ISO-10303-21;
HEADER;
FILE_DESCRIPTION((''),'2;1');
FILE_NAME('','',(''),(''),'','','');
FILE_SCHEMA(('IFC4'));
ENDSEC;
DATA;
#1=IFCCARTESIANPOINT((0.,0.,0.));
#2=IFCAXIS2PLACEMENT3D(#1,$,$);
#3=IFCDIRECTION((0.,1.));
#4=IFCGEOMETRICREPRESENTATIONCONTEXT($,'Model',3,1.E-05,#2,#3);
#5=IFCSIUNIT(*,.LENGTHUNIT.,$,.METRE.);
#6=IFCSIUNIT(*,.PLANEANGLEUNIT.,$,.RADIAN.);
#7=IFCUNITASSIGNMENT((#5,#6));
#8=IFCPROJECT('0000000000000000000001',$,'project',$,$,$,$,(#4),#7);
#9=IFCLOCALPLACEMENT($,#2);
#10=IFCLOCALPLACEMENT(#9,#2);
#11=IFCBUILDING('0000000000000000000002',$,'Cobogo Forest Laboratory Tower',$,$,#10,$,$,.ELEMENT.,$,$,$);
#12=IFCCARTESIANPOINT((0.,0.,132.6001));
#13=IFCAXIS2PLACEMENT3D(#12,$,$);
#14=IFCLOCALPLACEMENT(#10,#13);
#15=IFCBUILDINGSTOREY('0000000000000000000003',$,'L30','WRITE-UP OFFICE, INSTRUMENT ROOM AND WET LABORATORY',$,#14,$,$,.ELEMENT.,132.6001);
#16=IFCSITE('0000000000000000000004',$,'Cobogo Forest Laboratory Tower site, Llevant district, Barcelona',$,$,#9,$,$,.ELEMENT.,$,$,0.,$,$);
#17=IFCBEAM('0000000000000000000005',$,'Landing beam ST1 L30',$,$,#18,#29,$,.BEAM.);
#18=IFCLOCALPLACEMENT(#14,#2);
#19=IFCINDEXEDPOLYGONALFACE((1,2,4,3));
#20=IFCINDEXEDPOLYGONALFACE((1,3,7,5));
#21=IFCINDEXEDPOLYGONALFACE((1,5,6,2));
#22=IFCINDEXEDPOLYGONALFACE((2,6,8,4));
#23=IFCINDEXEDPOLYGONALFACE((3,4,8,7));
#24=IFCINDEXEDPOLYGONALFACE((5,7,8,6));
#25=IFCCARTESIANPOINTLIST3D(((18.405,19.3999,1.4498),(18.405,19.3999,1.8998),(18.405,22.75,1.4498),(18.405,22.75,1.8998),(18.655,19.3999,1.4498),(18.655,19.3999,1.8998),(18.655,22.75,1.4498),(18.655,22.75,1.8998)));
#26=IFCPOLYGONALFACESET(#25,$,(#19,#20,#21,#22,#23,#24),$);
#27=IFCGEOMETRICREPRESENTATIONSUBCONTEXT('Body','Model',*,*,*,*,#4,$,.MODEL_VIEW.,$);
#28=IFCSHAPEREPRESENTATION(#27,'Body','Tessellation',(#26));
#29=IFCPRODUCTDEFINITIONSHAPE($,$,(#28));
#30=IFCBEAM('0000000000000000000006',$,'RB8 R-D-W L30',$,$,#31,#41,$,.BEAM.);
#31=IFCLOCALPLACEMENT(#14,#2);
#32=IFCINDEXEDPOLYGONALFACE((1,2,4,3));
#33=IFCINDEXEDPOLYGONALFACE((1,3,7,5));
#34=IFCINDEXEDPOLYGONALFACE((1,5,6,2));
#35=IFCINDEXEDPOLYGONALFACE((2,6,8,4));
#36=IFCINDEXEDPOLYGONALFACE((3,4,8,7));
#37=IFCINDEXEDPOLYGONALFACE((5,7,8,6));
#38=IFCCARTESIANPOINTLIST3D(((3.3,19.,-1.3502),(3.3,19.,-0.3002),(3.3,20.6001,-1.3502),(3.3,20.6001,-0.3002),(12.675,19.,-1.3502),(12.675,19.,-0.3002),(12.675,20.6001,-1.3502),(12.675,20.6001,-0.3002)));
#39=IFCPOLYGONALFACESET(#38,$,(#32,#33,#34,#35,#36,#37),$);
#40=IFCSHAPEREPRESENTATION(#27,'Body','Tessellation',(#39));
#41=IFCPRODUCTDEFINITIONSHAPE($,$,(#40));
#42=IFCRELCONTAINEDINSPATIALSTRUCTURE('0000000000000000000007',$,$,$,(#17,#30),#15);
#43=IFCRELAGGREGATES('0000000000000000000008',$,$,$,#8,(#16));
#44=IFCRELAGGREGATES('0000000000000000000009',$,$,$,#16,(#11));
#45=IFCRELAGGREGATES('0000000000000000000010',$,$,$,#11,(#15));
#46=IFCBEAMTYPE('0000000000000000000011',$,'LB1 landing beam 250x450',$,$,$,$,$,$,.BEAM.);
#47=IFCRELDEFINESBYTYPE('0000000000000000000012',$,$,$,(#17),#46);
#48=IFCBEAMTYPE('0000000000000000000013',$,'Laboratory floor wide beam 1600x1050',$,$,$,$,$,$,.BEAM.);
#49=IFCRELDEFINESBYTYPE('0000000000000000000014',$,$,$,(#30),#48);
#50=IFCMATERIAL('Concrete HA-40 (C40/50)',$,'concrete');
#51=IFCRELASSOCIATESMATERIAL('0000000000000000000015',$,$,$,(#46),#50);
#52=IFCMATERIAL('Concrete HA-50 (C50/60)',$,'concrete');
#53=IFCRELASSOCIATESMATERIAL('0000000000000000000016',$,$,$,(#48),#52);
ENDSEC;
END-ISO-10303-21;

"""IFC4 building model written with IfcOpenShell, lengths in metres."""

from ifc_helpers import new_model, si_unit, direction, frame, origin, origin_2d, place, context, subcontext, project, spatial, rectangle, extrude, material, material_profile, profile_set, type_object, element, save


model = new_model("IFC4")

# Units and contexts
model_context = context("Model", 3, precision=1e-05, world=origin(), true_north=direction((0.0, 1.0)))
body_context = subcontext(model_context, "Body", "Model", "MODEL_VIEW")
ifc_project = project(units=[si_unit("LENGTHUNIT", "METRE"), si_unit("PLANEANGLEUNIT", "RADIAN")], contexts=[model_context])

# Site, building, storey
site_placement = place(None, origin())
site = spatial("IfcSite", under=ifc_project, at=site_placement, Name="Cobogo Forest Laboratory Tower site, Llevant district, Barcelona", CompositionType="ELEMENT", RefElevation=0.0)
building_placement = place(site_placement, origin())
building = spatial("IfcBuilding", under=site, at=building_placement, Name="Cobogo Forest Laboratory Tower", CompositionType="ELEMENT")
storey_placement = place(building_placement, frame((0.0, 0.0, 132.6001)))
storey = spatial("IfcBuildingStorey", under=building, at=storey_placement, Name="L30", Description="WRITE-UP OFFICE, INSTRUMENT ROOM AND WET LABORATORY", CompositionType="ELEMENT", Elevation=132.6001)

# Beams
ifc_material_1 = material(Name="Concrete HA-40 (C40/50)", Category="concrete")
ifc_material_profile_1 = material_profile(ifc_material_1, rectangle(XDim=0.25, YDim=0.45, at=origin_2d()), Name="RC 250x450")
ifc_profile_set_1 = profile_set([ifc_material_profile_1], Name="Concrete HA-40 (C40/50)")
beam_type_1 = type_object("IfcBeamType", Name="LB1 landing beam 250x450", PredefinedType="BEAM", material=ifc_profile_set_1)
beam_1_placement = place(storey_placement, frame((18.53, 19.3999, 1.6748), z_axis=(0.0, 1.0, 0.0), x_axis=(-1.0, 0.0, 0.0)))
element("IfcBeam", 1, at=beam_1_placement, inside=storey, type_object=beam_type_1, Name="Landing beam ST1 L30", PredefinedType="BEAM", context=body_context, shape_type="SweptSolid", body=[
    extrude(rectangle(XDim=0.25, YDim=0.45, at=origin_2d()), origin(), (0.0, 0.0, 1.0), 3.3501),
])
ifc_material_2 = material(Name="Concrete HA-50 (C50/60)", Category="concrete")
ifc_material_profile_2 = material_profile(ifc_material_2, rectangle(XDim=1.6001, YDim=1.05, at=origin_2d()), Name="RC 1600x1050")
ifc_profile_set_2 = profile_set([ifc_material_profile_2], Name="Concrete HA-50 (C50/60)")
beam_type_2 = type_object("IfcBeamType", Name="Laboratory floor wide beam 1600x1050", PredefinedType="BEAM", material=ifc_profile_set_2)
beam_2_placement = place(storey_placement, frame((12.675, 19.8, -0.8252), z_axis=(-1.0, 0.0, 0.0), x_axis=(0.0, -1.0, 0.0)))
element("IfcBeam", 2, at=beam_2_placement, inside=storey, type_object=beam_type_2, Name="RB8 R-D-W L30", PredefinedType="BEAM", context=body_context, shape_type="SweptSolid", body=[
    extrude(rectangle(XDim=1.6001, YDim=1.05, at=origin_2d()), origin(), (0.0, 0.0, 1.0), 9.375),
])

save(model, "model.ifc")
